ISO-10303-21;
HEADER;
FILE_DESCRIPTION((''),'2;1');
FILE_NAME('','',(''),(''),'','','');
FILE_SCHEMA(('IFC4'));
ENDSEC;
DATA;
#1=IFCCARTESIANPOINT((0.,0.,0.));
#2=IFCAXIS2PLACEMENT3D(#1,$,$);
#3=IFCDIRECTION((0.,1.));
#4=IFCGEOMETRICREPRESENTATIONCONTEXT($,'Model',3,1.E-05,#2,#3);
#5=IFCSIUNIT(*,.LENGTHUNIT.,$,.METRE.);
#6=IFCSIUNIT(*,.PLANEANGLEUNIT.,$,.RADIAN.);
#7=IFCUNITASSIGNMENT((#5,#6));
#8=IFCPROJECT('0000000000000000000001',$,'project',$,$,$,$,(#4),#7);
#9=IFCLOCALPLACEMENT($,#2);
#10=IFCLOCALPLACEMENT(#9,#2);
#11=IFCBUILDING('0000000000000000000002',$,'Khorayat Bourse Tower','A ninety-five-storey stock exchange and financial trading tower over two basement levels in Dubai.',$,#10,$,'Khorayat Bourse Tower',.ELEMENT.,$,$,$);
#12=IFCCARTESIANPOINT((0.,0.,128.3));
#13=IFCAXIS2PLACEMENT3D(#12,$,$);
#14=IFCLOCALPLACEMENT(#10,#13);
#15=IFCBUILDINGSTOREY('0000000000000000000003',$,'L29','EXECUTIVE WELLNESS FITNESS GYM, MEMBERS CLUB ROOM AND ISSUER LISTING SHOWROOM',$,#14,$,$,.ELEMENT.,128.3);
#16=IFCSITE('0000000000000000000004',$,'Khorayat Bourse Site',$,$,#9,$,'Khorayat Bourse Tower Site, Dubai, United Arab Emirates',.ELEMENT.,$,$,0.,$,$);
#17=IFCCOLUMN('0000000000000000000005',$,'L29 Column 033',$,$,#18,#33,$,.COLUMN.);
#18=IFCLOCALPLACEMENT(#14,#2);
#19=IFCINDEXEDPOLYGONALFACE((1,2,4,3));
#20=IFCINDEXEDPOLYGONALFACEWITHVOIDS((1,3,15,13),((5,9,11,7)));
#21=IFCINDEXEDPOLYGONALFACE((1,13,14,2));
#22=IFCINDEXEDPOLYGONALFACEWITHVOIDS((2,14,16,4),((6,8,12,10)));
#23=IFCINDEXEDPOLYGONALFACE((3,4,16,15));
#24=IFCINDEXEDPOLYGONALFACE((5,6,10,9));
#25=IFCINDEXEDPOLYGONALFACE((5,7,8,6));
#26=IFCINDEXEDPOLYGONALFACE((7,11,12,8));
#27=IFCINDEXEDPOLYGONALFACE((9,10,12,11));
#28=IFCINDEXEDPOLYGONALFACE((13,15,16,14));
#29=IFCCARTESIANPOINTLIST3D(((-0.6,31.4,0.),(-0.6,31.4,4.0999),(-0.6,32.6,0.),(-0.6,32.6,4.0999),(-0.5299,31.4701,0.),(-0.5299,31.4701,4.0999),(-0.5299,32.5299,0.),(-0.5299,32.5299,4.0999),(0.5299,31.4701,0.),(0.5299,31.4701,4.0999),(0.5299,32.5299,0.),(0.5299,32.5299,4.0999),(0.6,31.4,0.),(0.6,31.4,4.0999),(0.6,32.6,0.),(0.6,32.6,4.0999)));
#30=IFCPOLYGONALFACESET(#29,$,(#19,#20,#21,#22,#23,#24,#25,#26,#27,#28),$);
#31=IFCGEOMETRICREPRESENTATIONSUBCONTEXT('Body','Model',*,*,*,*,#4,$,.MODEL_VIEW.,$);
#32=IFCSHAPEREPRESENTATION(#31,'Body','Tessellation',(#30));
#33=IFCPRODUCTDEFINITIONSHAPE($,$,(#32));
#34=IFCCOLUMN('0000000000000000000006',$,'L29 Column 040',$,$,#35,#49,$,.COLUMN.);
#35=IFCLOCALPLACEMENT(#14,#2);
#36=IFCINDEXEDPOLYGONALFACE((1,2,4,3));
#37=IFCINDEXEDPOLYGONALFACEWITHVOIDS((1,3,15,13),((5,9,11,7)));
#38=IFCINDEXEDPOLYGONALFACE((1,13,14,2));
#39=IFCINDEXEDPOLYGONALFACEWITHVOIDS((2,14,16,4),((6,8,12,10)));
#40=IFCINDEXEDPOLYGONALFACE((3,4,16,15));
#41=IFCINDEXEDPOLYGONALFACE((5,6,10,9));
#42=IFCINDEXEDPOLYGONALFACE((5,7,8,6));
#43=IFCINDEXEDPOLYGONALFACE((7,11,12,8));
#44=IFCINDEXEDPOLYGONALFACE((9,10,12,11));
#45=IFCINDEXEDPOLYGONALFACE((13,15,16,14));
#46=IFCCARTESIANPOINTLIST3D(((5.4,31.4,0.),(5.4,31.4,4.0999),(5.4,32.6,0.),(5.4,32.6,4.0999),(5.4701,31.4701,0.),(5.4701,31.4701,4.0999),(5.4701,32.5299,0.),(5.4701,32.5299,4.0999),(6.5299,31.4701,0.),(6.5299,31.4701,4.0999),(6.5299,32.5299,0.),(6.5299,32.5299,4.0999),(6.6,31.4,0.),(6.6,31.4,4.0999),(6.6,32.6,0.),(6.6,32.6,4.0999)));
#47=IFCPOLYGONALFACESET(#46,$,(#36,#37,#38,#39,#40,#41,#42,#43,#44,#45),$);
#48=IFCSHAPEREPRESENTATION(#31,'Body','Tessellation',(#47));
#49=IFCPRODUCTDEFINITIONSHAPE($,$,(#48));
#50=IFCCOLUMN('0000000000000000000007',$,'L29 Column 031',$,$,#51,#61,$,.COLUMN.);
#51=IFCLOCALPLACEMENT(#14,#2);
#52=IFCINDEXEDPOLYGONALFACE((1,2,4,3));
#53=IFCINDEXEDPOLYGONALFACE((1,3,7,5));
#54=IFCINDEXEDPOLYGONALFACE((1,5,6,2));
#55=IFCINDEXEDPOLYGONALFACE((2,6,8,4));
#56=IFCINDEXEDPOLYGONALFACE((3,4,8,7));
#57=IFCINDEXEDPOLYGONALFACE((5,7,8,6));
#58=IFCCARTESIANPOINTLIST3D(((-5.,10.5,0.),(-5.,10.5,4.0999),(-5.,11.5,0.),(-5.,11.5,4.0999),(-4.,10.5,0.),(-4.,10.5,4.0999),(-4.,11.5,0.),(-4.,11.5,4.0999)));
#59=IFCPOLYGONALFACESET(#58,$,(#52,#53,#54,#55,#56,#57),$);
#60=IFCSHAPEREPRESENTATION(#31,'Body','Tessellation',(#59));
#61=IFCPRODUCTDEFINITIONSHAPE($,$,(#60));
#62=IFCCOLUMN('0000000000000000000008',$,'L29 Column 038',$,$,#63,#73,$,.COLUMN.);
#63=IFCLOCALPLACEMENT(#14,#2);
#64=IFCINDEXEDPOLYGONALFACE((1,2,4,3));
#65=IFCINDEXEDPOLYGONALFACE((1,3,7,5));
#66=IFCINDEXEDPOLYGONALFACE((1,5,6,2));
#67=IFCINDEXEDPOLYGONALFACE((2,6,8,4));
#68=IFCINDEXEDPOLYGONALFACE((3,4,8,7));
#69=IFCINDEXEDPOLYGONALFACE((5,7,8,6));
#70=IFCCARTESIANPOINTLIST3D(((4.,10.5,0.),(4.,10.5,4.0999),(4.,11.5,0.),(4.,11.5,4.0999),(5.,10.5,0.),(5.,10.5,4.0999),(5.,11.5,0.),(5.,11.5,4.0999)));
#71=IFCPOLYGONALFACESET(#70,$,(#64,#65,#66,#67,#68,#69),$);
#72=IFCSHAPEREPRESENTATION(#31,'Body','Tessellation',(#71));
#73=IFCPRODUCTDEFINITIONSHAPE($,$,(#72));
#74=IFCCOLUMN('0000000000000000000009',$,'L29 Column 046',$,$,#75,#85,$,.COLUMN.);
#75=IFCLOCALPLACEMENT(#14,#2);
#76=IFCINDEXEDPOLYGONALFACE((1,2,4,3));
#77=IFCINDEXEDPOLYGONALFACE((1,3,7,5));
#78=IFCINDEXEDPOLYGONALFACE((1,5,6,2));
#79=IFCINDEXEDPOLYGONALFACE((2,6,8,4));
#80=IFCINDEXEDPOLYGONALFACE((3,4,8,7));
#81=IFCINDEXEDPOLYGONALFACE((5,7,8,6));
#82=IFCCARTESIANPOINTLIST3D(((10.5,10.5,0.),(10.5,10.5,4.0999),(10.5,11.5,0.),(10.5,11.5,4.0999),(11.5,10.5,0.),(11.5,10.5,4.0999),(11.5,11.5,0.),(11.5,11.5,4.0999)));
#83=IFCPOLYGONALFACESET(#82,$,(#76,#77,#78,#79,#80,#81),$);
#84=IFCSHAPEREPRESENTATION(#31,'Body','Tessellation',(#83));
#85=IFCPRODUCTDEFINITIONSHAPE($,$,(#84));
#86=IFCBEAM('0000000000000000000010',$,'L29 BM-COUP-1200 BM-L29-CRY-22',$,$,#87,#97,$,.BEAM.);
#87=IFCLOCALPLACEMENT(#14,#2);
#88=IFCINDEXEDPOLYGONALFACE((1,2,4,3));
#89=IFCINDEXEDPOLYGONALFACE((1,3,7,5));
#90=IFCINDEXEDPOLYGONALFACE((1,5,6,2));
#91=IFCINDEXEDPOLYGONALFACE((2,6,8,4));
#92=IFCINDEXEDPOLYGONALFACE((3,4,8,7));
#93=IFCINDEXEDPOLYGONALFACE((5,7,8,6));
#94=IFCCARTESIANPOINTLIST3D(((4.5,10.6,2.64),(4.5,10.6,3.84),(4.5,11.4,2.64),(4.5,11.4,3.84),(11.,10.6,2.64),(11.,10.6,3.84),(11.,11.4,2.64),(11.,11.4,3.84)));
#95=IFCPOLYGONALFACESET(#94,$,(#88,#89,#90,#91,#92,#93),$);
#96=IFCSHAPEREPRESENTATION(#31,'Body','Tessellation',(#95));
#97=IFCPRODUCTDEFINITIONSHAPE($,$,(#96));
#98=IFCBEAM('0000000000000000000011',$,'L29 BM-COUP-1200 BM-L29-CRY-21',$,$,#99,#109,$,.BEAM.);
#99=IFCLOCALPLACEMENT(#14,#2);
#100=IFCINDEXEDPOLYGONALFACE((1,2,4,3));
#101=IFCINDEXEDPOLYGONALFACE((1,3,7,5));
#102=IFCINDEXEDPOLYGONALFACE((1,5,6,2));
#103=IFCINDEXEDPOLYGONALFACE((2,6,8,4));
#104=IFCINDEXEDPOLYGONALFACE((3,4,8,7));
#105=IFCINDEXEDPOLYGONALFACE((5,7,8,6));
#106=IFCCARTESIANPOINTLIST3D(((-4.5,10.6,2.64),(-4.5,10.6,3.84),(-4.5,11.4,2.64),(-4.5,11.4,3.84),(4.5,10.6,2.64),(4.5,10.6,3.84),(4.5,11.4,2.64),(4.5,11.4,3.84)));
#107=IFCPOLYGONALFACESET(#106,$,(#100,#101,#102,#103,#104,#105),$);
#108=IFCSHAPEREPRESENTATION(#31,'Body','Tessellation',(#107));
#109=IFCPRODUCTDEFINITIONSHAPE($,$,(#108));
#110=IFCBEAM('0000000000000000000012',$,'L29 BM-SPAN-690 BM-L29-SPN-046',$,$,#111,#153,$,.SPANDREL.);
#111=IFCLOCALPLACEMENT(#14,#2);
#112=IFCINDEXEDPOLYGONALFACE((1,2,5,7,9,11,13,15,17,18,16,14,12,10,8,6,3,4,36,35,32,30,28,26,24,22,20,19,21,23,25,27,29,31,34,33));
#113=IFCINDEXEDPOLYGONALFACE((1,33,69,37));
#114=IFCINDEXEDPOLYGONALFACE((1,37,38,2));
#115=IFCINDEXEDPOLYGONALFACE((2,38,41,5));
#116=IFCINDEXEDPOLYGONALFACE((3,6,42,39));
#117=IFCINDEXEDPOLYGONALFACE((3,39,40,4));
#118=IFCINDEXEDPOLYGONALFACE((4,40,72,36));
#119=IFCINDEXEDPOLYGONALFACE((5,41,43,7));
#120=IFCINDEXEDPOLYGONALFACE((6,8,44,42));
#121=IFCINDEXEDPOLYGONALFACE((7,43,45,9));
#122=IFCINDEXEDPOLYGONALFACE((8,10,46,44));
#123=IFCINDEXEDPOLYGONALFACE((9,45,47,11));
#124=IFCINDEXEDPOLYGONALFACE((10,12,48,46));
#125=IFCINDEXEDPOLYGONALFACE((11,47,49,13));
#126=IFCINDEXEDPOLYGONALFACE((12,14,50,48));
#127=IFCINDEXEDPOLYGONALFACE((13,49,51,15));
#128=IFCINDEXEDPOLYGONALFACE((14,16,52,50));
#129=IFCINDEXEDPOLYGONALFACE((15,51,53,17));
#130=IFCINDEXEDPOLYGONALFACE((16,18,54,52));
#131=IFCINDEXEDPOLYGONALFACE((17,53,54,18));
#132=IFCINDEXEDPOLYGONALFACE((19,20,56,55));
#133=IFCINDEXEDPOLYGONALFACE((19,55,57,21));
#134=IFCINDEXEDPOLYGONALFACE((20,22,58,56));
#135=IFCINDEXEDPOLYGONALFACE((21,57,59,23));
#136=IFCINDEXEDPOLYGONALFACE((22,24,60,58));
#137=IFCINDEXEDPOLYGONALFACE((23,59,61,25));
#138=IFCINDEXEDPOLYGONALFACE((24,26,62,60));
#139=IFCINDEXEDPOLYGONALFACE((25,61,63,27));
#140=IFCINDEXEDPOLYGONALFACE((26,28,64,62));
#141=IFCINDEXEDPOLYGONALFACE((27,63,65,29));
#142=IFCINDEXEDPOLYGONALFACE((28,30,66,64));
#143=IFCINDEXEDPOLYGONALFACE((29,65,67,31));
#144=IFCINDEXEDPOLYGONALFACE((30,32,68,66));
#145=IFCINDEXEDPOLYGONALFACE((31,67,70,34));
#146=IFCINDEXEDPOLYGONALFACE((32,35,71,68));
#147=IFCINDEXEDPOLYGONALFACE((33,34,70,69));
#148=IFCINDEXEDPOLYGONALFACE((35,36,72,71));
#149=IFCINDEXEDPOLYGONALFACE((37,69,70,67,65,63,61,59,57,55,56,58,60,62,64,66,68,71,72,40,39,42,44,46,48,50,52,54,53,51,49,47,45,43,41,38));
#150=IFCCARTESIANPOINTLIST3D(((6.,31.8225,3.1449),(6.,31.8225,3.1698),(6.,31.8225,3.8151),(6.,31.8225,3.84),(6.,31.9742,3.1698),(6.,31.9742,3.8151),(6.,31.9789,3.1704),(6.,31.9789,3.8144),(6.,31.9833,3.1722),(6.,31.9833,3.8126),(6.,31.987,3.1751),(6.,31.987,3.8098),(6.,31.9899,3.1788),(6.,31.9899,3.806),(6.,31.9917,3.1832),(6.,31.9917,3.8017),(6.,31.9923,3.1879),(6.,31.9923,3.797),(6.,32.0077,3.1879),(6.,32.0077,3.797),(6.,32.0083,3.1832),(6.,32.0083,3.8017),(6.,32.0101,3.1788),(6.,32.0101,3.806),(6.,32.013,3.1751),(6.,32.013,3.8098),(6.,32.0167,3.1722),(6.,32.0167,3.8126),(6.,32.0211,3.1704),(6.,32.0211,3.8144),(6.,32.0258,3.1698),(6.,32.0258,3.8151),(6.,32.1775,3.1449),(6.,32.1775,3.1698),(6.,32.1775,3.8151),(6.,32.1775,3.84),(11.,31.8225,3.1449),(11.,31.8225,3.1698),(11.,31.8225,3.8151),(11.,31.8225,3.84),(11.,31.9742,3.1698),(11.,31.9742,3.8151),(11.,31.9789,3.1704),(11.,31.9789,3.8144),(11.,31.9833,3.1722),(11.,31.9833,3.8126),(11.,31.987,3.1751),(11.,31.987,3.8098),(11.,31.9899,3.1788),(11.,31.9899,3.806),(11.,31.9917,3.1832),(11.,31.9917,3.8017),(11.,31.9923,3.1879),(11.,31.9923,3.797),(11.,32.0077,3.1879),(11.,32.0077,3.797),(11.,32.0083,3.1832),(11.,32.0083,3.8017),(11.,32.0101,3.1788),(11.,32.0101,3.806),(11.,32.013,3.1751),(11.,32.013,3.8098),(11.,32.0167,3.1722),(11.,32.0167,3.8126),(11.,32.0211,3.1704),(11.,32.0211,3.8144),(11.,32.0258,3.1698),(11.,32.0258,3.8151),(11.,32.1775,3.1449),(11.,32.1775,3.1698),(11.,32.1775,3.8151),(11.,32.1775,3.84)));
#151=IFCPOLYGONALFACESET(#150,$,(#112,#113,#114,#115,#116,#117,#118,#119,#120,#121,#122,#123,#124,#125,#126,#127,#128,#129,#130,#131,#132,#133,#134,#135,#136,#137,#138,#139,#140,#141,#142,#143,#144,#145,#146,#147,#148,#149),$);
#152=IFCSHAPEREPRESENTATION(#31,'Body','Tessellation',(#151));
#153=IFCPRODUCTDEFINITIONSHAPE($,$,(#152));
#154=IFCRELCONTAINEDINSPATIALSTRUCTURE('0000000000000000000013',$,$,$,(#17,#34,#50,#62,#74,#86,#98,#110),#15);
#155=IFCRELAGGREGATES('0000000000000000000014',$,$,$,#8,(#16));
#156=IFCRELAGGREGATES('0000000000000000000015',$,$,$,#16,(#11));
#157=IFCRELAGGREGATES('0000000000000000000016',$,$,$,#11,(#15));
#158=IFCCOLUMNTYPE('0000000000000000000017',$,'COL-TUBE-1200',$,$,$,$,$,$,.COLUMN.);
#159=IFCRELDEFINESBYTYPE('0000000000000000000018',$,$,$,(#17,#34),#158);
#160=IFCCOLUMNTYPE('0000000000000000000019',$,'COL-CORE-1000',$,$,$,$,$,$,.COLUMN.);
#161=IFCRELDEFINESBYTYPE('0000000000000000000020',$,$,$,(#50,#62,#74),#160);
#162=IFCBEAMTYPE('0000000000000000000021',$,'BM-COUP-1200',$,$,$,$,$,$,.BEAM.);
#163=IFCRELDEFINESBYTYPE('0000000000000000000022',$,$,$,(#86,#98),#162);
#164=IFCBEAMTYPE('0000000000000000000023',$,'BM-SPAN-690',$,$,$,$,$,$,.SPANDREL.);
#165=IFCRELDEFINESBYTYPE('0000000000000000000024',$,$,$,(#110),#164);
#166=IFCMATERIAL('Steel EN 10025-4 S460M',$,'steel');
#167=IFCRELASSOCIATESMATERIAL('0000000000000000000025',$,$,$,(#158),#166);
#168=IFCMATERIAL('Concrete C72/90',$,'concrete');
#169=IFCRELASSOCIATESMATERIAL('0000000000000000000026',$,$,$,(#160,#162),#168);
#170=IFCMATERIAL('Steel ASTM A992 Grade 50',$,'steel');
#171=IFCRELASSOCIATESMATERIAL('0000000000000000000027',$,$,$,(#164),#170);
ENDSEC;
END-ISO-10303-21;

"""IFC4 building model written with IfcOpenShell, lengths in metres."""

from ifc_helpers import new_model, si_unit, direction, frame, origin, origin_2d, place, context, subcontext, project, spatial, rectangle, hollow_rectangle, i_section, extrude, source, transform, mapped, material, material_profile, profile_set, type_object, element, save


model = new_model("IFC4")

# Units and contexts
model_context = context("Model", 3, precision=1e-05, world=origin(), true_north=direction((0.0, 1.0)))
body_context = subcontext(model_context, "Body", "Model", "MODEL_VIEW")
ifc_project = project(units=[si_unit("LENGTHUNIT", "METRE"), si_unit("PLANEANGLEUNIT", "RADIAN")], contexts=[model_context])

# Site, building, storey
site_placement = place(None, origin())
site = spatial("IfcSite", under=ifc_project, at=site_placement, Name="Khorayat Bourse Site", LongName="Khorayat Bourse Tower Site, Dubai, United Arab Emirates", CompositionType="ELEMENT", RefElevation=0.0)
building_placement = place(site_placement, origin())
building = spatial("IfcBuilding", under=site, at=building_placement, Name="Khorayat Bourse Tower", Description="A ninety-five-storey stock exchange and financial trading tower over two basement levels in Dubai.", LongName="Khorayat Bourse Tower", CompositionType="ELEMENT")
storey_placement = place(building_placement, frame((0.0, 0.0, 128.3)))
storey = spatial("IfcBuildingStorey", under=building, at=storey_placement, Name="L29", Description="EXECUTIVE WELLNESS FITNESS GYM, MEMBERS CLUB ROOM AND ISSUER LISTING SHOWROOM", CompositionType="ELEMENT", Elevation=128.3)

# Columns
ifc_material_1 = material(Name="Steel EN 10025-4 S460M", Category="steel")
ifc_material_profile_1 = material_profile(ifc_material_1, hollow_rectangle(XDim=1.2, YDim=1.2, WallThickness=0.0701, at=origin_2d()), Name="BOX 1200x1200x70")
ifc_profile_set_1 = profile_set([ifc_material_profile_1], Name="Steel EN 10025-4 S460M")
column_type_1 = type_object("IfcColumnType", Name="COL-TUBE-1200", PredefinedType="COLUMN", material=ifc_profile_set_1)
shared_shape_1 = source(origin(), body_context, "Body", "SweptSolid", [
    extrude(hollow_rectangle(XDim=1.2, YDim=1.2, WallThickness=0.0701, at=origin_2d()), origin(), (0.0, 0.0, 1.0), 4.0999),
])
for number, where, z_axis, x_axis, name in (
    (1, (0.0, 32.0, 0.0), (0.0, 0.0, 1.0), (1.0, 0.0, 0.0), "L29 Column 033"),
    (2, (6.0, 32.0, 0.0), (0.0, 0.0, 1.0), (1.0, 0.0, 0.0), "L29 Column 040"),
):
    element("IfcColumn", number, at=place(storey_placement, frame(where, z_axis=z_axis, x_axis=x_axis)), inside=storey, type_object=column_type_1, Name=name, PredefinedType="COLUMN", context=body_context, shape_type="MappedRepresentation", body=[
        mapped(shared_shape_1, transform((0.0, 0.0, 0.0), scale=1.0)),
    ])
ifc_material_2 = material(Name="Concrete C72/90", Category="concrete")
ifc_material_profile_2 = material_profile(ifc_material_2, rectangle(XDim=1.0, YDim=1.0, at=origin_2d()), Name="RC 1000x1000")
ifc_profile_set_2 = profile_set([ifc_material_profile_2], Name="Concrete C72/90")
column_type_2 = type_object("IfcColumnType", Name="COL-CORE-1000", PredefinedType="COLUMN", material=ifc_profile_set_2)
shared_shape_2 = source(origin(), body_context, "Body", "SweptSolid", [
    extrude(rectangle(XDim=1.0, YDim=1.0, at=origin_2d()), origin(), (0.0, 0.0, 1.0), 4.0999),
])
for number, where, z_axis, x_axis, name in (
    (3, (-4.5, 11.0, 0.0), (0.0, 0.0, 1.0), (1.0, 0.0, 0.0), "L29 Column 031"),
    (4, (4.5, 11.0, 0.0), (0.0, 0.0, 1.0), (1.0, 0.0, 0.0), "L29 Column 038"),
    (5, (11.0, 11.0, 0.0), (0.0, 0.0, 1.0), (1.0, 0.0, 0.0), "L29 Column 046"),
):
    element("IfcColumn", number, at=place(storey_placement, frame(where, z_axis=z_axis, x_axis=x_axis)), inside=storey, type_object=column_type_2, Name=name, PredefinedType="COLUMN", context=body_context, shape_type="MappedRepresentation", body=[
        mapped(shared_shape_2, transform((0.0, 0.0, 0.0), scale=1.0)),
    ])

# Beams
ifc_material_profile_3 = material_profile(ifc_material_2, rectangle(XDim=0.8, YDim=1.2, at=origin_2d()), Name="RC 800x1200")
ifc_profile_set_3 = profile_set([ifc_material_profile_3], Name="Concrete C72/90")
beam_type_1 = type_object("IfcBeamType", Name="BM-COUP-1200", PredefinedType="BEAM", material=ifc_profile_set_3)
shared_shape_3 = source(origin(), body_context, "Body", "SweptSolid", [
    extrude(rectangle(XDim=0.8, YDim=1.2, at=origin_2d()), origin(), (0.0, 0.0, 1.0), 6.5),
])
beam_1_placement = place(storey_placement, frame((4.5, 11.0, 3.24), z_axis=(1.0, 0.0, 0.0), x_axis=(0.0, 1.0, 0.0)))
element("IfcBeam", 6, at=beam_1_placement, inside=storey, type_object=beam_type_1, Name="L29 BM-COUP-1200 BM-L29-CRY-22", PredefinedType="BEAM", context=body_context, shape_type="MappedRepresentation", body=[
    mapped(shared_shape_3, transform((0.0, 0.0, 0.0), scale=1.0)),
])
shared_shape_4 = source(origin(), body_context, "Body", "SweptSolid", [
    extrude(rectangle(XDim=0.8, YDim=1.2, at=origin_2d()), origin(), (0.0, 0.0, 1.0), 9.0),
])
beam_2_placement = place(storey_placement, frame((-4.5, 11.0, 3.24), z_axis=(1.0, 0.0, 0.0), x_axis=(0.0, 1.0, 0.0)))
element("IfcBeam", 7, at=beam_2_placement, inside=storey, type_object=beam_type_1, Name="L29 BM-COUP-1200 BM-L29-CRY-21", PredefinedType="BEAM", context=body_context, shape_type="MappedRepresentation", body=[
    mapped(shared_shape_4, transform((0.0, 0.0, 0.0), scale=1.0)),
])
ifc_material_3 = material(Name="Steel ASTM A992 Grade 50", Category="steel")
ifc_material_profile_4 = material_profile(ifc_material_3, i_section(OverallWidth=0.355, OverallDepth=0.6951, WebThickness=0.0154, FlangeThickness=0.0249, FilletRadius=0.0181, at=origin_2d()), Name="W690X217")
ifc_profile_set_4 = profile_set([ifc_material_profile_4], Name="Steel ASTM A992 Grade 50")
beam_type_2 = type_object("IfcBeamType", Name="BM-SPAN-690", PredefinedType="SPANDREL", material=ifc_profile_set_4)
shared_shape_5 = source(origin(), body_context, "Body", "SweptSolid", [
    extrude(i_section(OverallWidth=0.355, OverallDepth=0.6951, WebThickness=0.0154, FlangeThickness=0.0249, FilletRadius=0.0181, at=origin_2d()), origin(), (0.0, 0.0, 1.0), 5.0),
])
beam_3_placement = place(storey_placement, frame((6.0, 32.0, 3.4924), z_axis=(1.0, 0.0, 0.0), x_axis=(0.0, 1.0, 0.0)))
element("IfcBeam", 8, at=beam_3_placement, inside=storey, type_object=beam_type_2, Name="L29 BM-SPAN-690 BM-L29-SPN-046", PredefinedType="SPANDREL", context=body_context, shape_type="MappedRepresentation", body=[
    mapped(shared_shape_5, transform((0.0, 0.0, 0.0), scale=1.0)),
])

save(model, "model.ifc")
